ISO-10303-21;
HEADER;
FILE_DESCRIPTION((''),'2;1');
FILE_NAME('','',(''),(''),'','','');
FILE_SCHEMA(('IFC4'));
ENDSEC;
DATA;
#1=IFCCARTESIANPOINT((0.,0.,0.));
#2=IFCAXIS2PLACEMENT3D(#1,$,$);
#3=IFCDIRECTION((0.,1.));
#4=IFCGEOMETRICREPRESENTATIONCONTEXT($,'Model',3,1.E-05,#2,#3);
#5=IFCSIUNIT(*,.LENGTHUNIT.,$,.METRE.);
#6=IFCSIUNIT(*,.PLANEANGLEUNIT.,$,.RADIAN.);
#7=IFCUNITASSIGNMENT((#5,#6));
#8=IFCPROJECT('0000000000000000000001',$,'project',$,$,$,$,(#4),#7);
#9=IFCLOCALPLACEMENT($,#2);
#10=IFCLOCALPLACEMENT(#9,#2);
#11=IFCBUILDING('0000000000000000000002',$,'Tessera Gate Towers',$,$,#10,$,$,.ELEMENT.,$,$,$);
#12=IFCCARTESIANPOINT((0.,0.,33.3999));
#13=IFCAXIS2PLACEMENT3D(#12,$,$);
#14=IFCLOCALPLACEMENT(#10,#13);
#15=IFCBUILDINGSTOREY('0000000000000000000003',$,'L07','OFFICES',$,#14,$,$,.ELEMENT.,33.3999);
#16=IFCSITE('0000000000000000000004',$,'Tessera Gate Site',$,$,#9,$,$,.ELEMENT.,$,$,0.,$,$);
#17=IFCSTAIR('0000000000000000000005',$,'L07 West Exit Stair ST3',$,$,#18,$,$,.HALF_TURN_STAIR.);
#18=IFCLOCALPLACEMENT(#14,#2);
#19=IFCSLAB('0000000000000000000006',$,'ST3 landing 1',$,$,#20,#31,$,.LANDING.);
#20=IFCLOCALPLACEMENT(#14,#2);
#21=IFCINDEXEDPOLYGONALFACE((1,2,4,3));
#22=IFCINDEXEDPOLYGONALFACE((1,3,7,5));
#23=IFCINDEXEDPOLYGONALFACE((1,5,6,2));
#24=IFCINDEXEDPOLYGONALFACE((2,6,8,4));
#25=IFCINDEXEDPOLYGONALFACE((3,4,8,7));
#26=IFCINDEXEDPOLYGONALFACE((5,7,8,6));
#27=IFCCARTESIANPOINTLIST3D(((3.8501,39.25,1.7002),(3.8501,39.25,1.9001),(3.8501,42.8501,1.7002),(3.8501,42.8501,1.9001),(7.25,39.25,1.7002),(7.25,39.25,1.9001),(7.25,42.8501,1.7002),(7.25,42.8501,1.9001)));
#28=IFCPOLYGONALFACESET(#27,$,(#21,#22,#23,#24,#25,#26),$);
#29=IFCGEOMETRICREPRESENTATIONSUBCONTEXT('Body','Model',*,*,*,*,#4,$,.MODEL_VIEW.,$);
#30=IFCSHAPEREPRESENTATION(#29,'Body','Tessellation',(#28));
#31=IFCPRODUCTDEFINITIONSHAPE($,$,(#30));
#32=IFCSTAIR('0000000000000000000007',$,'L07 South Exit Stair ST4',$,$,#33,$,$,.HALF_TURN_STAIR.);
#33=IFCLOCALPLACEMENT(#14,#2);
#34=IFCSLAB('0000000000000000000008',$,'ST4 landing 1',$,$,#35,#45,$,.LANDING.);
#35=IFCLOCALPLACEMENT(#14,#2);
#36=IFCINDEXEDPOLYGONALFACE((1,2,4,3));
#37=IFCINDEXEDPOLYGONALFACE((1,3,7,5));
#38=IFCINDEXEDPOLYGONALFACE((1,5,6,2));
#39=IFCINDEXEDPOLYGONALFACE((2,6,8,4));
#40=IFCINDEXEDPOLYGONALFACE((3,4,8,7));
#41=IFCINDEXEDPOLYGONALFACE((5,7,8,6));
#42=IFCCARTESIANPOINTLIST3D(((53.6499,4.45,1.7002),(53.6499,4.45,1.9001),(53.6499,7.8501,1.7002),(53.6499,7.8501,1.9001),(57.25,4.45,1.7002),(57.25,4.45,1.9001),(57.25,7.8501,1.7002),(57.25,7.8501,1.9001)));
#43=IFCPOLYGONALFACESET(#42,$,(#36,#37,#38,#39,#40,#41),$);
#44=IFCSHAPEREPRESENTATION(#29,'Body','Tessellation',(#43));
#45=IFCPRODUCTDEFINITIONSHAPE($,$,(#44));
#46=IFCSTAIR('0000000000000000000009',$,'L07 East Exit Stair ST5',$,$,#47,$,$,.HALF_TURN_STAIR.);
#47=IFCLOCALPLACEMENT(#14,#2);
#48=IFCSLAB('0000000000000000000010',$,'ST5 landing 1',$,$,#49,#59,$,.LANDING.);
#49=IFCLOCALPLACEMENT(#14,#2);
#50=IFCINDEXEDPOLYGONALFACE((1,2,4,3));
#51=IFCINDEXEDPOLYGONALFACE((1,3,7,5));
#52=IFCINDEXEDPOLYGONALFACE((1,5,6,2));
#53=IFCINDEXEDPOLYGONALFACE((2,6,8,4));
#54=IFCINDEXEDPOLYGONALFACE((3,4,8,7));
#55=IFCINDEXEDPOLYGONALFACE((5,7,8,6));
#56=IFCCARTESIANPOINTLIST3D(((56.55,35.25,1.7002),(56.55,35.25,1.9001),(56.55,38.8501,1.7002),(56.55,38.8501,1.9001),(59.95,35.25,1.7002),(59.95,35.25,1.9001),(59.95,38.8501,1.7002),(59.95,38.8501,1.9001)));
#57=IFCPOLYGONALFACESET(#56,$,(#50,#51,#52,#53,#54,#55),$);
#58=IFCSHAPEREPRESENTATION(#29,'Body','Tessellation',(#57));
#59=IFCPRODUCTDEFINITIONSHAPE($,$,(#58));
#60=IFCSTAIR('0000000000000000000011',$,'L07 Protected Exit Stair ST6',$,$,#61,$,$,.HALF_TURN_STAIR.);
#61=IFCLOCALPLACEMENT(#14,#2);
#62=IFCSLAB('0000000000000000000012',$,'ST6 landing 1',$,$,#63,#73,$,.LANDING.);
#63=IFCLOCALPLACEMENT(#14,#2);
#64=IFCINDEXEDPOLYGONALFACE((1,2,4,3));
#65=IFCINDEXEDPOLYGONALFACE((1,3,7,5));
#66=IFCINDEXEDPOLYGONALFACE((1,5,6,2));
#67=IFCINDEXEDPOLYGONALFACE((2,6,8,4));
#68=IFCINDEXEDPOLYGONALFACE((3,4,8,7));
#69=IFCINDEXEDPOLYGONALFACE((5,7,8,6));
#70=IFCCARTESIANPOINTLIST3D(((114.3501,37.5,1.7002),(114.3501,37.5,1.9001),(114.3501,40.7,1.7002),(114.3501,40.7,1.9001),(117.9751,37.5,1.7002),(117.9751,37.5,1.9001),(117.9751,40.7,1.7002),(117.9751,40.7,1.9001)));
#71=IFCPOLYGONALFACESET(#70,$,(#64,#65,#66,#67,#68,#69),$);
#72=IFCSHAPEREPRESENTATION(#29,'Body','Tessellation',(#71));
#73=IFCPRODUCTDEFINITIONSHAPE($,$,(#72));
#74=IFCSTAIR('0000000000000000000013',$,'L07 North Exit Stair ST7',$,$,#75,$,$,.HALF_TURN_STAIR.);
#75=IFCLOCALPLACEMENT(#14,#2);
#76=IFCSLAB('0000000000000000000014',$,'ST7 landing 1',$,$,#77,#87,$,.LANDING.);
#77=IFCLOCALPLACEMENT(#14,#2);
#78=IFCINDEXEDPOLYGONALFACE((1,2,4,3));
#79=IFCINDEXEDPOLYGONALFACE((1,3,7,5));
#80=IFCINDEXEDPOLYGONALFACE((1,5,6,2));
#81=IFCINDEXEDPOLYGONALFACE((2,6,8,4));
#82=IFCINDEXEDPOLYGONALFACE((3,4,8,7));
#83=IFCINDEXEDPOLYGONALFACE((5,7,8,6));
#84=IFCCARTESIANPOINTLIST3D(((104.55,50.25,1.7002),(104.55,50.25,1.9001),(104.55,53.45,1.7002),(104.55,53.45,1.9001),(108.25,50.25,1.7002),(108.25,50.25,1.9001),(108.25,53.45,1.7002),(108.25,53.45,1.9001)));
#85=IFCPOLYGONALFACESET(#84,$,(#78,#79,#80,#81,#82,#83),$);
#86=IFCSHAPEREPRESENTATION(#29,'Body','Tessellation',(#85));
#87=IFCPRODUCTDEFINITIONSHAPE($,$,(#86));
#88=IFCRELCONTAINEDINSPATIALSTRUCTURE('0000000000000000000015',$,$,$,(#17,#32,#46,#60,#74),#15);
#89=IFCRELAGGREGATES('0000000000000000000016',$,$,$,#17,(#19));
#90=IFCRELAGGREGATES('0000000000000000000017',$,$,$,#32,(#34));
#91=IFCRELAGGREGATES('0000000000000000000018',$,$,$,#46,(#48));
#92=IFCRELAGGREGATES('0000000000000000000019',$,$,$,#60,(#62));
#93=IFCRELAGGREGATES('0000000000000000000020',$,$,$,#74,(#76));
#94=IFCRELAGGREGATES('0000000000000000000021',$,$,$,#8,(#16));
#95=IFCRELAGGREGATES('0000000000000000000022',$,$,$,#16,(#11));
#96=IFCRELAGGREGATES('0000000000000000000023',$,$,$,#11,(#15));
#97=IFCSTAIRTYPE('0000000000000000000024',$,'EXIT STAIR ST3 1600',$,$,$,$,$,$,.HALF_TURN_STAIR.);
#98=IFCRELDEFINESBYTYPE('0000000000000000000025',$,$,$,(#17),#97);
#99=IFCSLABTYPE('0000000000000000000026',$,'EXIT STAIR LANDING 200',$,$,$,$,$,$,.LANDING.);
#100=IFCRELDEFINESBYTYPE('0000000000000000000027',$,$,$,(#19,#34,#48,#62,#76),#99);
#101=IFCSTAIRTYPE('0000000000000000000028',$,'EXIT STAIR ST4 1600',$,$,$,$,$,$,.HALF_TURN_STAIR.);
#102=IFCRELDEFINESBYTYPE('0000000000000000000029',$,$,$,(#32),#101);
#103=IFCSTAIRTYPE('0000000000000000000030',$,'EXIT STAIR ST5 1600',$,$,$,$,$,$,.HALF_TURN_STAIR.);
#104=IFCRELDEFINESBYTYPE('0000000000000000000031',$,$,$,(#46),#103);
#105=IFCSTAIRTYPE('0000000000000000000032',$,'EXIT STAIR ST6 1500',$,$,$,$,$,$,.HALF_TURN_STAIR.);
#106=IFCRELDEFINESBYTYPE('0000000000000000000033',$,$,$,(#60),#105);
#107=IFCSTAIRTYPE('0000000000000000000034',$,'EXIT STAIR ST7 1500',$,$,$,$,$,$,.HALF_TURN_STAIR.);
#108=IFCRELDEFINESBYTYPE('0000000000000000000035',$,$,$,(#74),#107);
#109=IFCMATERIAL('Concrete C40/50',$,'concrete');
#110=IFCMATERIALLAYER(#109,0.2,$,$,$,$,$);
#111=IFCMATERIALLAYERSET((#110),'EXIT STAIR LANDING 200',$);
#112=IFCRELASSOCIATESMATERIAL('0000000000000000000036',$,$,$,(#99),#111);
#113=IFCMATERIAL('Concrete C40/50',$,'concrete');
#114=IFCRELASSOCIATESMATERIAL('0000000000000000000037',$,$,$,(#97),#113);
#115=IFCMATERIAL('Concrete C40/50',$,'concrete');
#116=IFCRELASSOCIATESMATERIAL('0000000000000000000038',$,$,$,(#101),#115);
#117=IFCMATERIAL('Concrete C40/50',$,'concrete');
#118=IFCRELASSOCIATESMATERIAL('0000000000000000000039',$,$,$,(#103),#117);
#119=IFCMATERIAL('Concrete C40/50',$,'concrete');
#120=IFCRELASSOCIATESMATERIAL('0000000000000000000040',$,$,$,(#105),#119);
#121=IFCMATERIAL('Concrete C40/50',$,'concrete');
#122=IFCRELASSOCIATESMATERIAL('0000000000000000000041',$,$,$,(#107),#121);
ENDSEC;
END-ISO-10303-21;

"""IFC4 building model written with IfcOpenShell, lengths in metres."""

from ifc_helpers import new_model, si_unit, direction, frame, origin, place, context, subcontext, project, spatial, polyline, outline, extrude, material, layer, layer_set, type_object, element, aggregate, save


model = new_model("IFC4")

# Units and contexts
model_context = context("Model", 3, precision=1e-05, world=origin(), true_north=direction((0.0, 1.0)))
body_context = subcontext(model_context, "Body", "Model", "MODEL_VIEW")
ifc_project = project(units=[si_unit("LENGTHUNIT", "METRE"), si_unit("PLANEANGLEUNIT", "RADIAN")], contexts=[model_context])

# Site, building, storey
site_placement = place(None, origin())
site = spatial("IfcSite", under=ifc_project, at=site_placement, Name="Tessera Gate Site", CompositionType="ELEMENT", RefElevation=0.0)
building_placement = place(site_placement, origin())
building = spatial("IfcBuilding", under=site, at=building_placement, Name="Tessera Gate Towers", CompositionType="ELEMENT")
storey_placement = place(building_placement, frame((0.0, 0.0, 33.3999)))
storey = spatial("IfcBuildingStorey", under=building, at=storey_placement, Name="L07", Description="OFFICES", CompositionType="ELEMENT", Elevation=33.3999)

# Stairs, slabs
ifc_material_1 = material(Name="Concrete C40/50", Category="concrete")
ifc_layer_1 = layer(ifc_material_1, 0.2)
ifc_layer_set_1 = layer_set([ifc_layer_1], Name="EXIT STAIR LANDING 200")
slab_type_1 = type_object("IfcSlabType", Name="EXIT STAIR LANDING 200", PredefinedType="LANDING", material=ifc_layer_set_1)
ifc_material_2 = material(Name="Concrete C40/50", Category="concrete")
stair_type_1 = type_object("IfcStairType", Name="EXIT STAIR ST3 1600", PredefinedType="HALF_TURN_STAIR", material=ifc_material_2)
stair_1_placement = place(storey_placement, origin())
stair_1 = element("IfcStair", 1, at=stair_1_placement, inside=storey, type_object=stair_type_1, Name="L07 West Exit Stair ST3", PredefinedType="HALF_TURN_STAIR")
slab_1_placement = place(storey_placement, frame((0.0, 0.0, 1.7002)))
slab_1 = element("IfcSlab", 2, at=slab_1_placement, type_object=slab_type_1, Name="ST3 landing 1", PredefinedType="LANDING", context=body_context, shape_type="SweptSolid", body=[
    extrude(outline(polyline([(3.8501, 42.8501), (3.8501, 39.25), (7.25, 39.25), (7.25, 42.8501), (3.8501, 42.8501)])), origin(), (0.0, 0.0, 1.0), 0.2),
])
aggregate(stair_1, [slab_1])
ifc_material_3 = material(Name="Concrete C40/50", Category="concrete")
stair_type_2 = type_object("IfcStairType", Name="EXIT STAIR ST4 1600", PredefinedType="HALF_TURN_STAIR", material=ifc_material_3)
stair_2_placement = place(storey_placement, origin())
stair_2 = element("IfcStair", 3, at=stair_2_placement, inside=storey, type_object=stair_type_2, Name="L07 South Exit Stair ST4", PredefinedType="HALF_TURN_STAIR")
slab_2_placement = place(storey_placement, frame((0.0, 0.0, 1.7002)))
slab_2 = element("IfcSlab", 4, at=slab_2_placement, type_object=slab_type_1, Name="ST4 landing 1", PredefinedType="LANDING", context=body_context, shape_type="SweptSolid", body=[
    extrude(outline(polyline([(53.6499, 4.45), (57.25, 4.45), (57.25, 7.8501), (53.6499, 7.8501), (53.6499, 4.45)])), origin(), (0.0, 0.0, 1.0), 0.2),
])
aggregate(stair_2, [slab_2])
ifc_material_4 = material(Name="Concrete C40/50", Category="concrete")
stair_type_3 = type_object("IfcStairType", Name="EXIT STAIR ST5 1600", PredefinedType="HALF_TURN_STAIR", material=ifc_material_4)
stair_3_placement = place(storey_placement, origin())
stair_3 = element("IfcStair", 5, at=stair_3_placement, inside=storey, type_object=stair_type_3, Name="L07 East Exit Stair ST5", PredefinedType="HALF_TURN_STAIR")
slab_3_placement = place(storey_placement, frame((0.0, 0.0, 1.7002)))
slab_3 = element("IfcSlab", 6, at=slab_3_placement, type_object=slab_type_1, Name="ST5 landing 1", PredefinedType="LANDING", context=body_context, shape_type="SweptSolid", body=[
    extrude(outline(polyline([(59.95, 35.25), (59.95, 38.8501), (56.55, 38.8501), (56.55, 35.25), (59.95, 35.25)])), origin(), (0.0, 0.0, 1.0), 0.2),
])
aggregate(stair_3, [slab_3])
ifc_material_5 = material(Name="Concrete C40/50", Category="concrete")
stair_type_4 = type_object("IfcStairType", Name="EXIT STAIR ST6 1500", PredefinedType="HALF_TURN_STAIR", material=ifc_material_5)
stair_4_placement = place(storey_placement, origin())
stair_4 = element("IfcStair", 7, at=stair_4_placement, inside=storey, type_object=stair_type_4, Name="L07 Protected Exit Stair ST6", PredefinedType="HALF_TURN_STAIR")
slab_4_placement = place(storey_placement, frame((0.0, 0.0, 1.7002)))
slab_4 = element("IfcSlab", 8, at=slab_4_placement, type_object=slab_type_1, Name="ST6 landing 1", PredefinedType="LANDING", context=body_context, shape_type="SweptSolid", body=[
    extrude(outline(polyline([(114.3501, 37.5), (117.9751, 37.5), (117.9751, 40.7), (114.3501, 40.7), (114.3501, 37.5)])), origin(), (0.0, 0.0, 1.0), 0.2),
])
aggregate(stair_4, [slab_4])
ifc_material_6 = material(Name="Concrete C40/50", Category="concrete")
stair_type_5 = type_object("IfcStairType", Name="EXIT STAIR ST7 1500", PredefinedType="HALF_TURN_STAIR", material=ifc_material_6)
stair_5_placement = place(storey_placement, origin())
stair_5 = element("IfcStair", 9, at=stair_5_placement, inside=storey, type_object=stair_type_5, Name="L07 North Exit Stair ST7", PredefinedType="HALF_TURN_STAIR")
slab_5_placement = place(storey_placement, frame((0.0, 0.0, 1.7002)))
slab_5 = element("IfcSlab", 10, at=slab_5_placement, type_object=slab_type_1, Name="ST7 landing 1", PredefinedType="LANDING", context=body_context, shape_type="SweptSolid", body=[
    extrude(outline(polyline([(104.55, 50.25), (108.25, 50.25), (108.25, 53.45), (104.55, 53.45), (104.55, 50.25)])), origin(), (0.0, 0.0, 1.0), 0.2),
])
aggregate(stair_5, [slab_5])

save(model, "model.ifc")
